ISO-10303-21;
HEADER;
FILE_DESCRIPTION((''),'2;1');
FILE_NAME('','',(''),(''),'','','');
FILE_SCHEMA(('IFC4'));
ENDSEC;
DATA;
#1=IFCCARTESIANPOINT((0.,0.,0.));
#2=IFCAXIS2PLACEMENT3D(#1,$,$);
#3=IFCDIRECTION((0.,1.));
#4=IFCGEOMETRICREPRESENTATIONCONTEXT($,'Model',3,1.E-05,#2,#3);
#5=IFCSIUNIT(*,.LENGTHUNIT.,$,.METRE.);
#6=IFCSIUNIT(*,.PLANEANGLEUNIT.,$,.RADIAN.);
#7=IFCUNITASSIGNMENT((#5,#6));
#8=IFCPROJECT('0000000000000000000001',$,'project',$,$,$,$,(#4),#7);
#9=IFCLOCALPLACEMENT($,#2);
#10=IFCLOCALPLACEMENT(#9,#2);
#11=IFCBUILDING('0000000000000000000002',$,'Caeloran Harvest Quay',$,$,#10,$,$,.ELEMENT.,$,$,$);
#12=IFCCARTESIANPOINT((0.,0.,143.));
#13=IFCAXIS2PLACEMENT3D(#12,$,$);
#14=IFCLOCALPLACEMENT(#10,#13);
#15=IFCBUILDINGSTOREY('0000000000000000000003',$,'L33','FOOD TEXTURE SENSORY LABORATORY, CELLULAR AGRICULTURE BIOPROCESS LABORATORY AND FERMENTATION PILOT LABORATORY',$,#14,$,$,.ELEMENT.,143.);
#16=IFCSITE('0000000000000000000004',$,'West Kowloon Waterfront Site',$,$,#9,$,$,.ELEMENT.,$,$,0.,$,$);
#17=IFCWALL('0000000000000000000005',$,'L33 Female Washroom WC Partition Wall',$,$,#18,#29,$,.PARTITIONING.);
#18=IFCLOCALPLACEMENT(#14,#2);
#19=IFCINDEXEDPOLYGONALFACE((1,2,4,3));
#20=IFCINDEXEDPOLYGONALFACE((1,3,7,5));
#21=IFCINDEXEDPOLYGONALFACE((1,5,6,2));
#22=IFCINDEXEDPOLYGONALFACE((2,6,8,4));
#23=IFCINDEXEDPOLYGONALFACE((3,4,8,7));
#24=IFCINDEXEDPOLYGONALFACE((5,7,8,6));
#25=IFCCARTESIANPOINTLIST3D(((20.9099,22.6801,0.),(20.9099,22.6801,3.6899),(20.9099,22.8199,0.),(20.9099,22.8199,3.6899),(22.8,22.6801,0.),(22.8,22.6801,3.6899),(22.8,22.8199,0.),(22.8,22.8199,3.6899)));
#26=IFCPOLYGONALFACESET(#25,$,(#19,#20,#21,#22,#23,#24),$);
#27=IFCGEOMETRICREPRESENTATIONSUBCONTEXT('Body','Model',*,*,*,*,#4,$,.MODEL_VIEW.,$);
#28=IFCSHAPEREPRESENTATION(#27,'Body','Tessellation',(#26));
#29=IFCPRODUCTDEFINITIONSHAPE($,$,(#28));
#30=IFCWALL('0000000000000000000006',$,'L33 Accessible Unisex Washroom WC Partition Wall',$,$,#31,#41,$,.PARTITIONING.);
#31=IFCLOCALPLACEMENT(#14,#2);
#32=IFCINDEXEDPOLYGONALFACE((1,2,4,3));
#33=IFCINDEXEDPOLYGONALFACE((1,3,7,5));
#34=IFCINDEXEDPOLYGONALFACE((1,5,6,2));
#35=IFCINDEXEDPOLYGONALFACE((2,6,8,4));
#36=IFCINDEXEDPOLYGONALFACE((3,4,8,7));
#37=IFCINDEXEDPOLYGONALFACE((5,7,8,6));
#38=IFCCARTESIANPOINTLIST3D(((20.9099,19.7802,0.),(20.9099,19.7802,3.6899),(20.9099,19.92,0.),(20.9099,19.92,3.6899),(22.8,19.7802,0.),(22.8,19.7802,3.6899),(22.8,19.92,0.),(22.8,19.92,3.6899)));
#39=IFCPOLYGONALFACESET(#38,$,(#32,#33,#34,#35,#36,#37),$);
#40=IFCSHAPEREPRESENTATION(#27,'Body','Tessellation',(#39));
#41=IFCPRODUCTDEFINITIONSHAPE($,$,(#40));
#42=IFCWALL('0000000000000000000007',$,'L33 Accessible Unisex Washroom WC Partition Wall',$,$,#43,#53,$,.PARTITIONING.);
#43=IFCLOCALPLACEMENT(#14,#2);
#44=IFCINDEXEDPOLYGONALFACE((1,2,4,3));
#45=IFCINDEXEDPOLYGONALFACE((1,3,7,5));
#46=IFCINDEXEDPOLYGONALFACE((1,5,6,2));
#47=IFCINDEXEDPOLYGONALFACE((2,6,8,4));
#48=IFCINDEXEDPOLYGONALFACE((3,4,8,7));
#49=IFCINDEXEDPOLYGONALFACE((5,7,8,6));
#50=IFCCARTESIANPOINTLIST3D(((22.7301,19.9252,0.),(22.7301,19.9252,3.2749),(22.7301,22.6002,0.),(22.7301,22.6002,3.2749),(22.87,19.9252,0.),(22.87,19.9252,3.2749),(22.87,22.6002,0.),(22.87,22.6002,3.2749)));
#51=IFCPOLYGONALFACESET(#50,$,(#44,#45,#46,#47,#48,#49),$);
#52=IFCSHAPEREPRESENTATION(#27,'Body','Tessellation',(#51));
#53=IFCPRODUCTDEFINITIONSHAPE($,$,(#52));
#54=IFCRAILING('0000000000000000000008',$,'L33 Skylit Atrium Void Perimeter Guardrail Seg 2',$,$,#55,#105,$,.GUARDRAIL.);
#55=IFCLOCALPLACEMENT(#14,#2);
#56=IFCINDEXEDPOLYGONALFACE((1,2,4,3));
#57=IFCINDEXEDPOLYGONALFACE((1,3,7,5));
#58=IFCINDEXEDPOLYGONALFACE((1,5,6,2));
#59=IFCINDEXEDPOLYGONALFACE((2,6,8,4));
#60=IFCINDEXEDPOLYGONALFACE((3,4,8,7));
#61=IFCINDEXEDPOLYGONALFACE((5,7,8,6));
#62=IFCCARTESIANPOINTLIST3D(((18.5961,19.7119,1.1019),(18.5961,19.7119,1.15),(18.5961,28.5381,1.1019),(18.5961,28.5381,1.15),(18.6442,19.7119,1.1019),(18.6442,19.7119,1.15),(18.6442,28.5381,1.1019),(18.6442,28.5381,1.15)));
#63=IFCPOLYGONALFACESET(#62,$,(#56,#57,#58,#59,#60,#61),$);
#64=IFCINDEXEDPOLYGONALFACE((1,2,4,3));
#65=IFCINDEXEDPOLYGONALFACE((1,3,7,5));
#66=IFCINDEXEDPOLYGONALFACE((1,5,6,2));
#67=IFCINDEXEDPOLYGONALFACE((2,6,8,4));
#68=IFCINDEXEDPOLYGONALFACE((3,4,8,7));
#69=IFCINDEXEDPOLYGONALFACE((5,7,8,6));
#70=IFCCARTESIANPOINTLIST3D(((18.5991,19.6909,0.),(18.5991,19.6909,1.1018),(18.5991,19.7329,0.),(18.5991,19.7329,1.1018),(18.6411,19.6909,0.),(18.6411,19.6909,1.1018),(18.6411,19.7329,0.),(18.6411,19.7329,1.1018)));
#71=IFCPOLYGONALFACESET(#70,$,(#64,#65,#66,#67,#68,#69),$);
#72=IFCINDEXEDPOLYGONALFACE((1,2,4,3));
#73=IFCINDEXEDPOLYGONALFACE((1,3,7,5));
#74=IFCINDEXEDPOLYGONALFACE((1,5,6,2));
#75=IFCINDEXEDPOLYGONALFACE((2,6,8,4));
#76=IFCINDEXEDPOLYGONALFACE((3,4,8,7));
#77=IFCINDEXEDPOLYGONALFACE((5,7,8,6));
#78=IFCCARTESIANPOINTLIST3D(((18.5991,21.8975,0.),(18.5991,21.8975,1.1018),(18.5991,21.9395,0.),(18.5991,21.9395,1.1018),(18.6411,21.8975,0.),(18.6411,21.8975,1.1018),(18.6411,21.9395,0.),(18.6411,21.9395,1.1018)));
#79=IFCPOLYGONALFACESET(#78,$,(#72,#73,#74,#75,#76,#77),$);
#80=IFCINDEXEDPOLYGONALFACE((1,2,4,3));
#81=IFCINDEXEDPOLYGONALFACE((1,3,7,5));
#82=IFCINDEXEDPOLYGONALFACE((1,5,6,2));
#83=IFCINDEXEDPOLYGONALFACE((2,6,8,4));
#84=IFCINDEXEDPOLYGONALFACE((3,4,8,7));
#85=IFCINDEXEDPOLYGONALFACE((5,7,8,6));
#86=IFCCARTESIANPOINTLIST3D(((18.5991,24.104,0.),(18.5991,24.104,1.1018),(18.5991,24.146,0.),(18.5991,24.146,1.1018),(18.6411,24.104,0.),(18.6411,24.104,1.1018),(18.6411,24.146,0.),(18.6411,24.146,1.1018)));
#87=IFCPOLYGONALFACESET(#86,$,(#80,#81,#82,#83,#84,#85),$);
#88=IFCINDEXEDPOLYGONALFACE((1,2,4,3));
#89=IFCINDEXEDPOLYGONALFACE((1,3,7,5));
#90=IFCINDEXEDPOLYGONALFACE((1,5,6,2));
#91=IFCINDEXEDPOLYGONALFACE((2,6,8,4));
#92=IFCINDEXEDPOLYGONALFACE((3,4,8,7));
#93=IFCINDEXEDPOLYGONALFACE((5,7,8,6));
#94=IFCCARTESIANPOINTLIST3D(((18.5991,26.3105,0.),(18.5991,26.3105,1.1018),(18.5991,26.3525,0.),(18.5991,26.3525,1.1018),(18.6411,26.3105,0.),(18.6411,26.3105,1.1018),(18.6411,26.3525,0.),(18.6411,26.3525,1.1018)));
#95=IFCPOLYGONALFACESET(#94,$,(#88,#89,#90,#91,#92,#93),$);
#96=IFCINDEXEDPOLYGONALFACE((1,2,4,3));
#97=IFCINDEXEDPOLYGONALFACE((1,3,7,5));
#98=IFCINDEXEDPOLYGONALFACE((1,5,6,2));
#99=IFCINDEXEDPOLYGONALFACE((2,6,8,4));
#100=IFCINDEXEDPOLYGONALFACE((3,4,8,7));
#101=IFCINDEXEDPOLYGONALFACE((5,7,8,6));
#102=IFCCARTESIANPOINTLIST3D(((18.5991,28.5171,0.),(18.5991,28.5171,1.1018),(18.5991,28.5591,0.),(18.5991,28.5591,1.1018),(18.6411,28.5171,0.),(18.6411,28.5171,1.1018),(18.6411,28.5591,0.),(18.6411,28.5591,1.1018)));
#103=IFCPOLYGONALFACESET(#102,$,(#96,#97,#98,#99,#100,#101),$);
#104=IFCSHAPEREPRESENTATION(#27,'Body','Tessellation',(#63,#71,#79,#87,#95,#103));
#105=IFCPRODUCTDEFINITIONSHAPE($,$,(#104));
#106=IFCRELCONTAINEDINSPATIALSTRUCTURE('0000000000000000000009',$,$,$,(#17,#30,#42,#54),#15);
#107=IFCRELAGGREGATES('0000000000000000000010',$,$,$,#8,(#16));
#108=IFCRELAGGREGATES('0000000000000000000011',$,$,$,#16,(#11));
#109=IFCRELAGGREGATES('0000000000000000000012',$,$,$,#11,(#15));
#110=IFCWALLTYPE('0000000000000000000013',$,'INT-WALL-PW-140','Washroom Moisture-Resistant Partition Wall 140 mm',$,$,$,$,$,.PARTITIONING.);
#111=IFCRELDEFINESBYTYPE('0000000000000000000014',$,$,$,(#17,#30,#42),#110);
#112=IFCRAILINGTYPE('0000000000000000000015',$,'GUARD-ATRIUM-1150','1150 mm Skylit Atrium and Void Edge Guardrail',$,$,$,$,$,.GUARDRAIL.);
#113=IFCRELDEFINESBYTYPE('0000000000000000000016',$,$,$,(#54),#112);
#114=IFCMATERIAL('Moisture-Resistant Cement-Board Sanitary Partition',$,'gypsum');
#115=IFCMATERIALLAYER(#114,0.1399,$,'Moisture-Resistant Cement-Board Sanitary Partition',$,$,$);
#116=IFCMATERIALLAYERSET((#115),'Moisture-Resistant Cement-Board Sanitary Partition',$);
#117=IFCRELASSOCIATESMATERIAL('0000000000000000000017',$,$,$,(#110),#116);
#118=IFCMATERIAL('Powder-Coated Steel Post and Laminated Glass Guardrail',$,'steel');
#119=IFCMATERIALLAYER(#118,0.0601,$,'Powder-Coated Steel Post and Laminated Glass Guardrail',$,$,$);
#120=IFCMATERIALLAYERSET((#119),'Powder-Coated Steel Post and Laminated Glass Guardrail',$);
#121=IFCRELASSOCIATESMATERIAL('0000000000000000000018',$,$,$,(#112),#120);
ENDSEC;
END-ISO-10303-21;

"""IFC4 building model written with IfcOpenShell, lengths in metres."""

from ifc_helpers import new_model, si_unit, direction, frame, frame_2d, origin, origin_2d, place, context, subcontext, project, spatial, rectangle, extrude, material, layer, layer_set, type_object, element, save


model = new_model("IFC4")

# Units and contexts
model_context = context("Model", 3, precision=1e-05, world=origin(), true_north=direction((0.0, 1.0)))
body_context = subcontext(model_context, "Body", "Model", "MODEL_VIEW")
ifc_project = project(units=[si_unit("LENGTHUNIT", "METRE"), si_unit("PLANEANGLEUNIT", "RADIAN")], contexts=[model_context])

# Site, building, storey
site_placement = place(None, origin())
site = spatial("IfcSite", under=ifc_project, at=site_placement, Name="West Kowloon Waterfront Site", CompositionType="ELEMENT", RefElevation=0.0)
building_placement = place(site_placement, origin())
building = spatial("IfcBuilding", under=site, at=building_placement, Name="Caeloran Harvest Quay", CompositionType="ELEMENT")
storey_placement = place(building_placement, frame((0.0, 0.0, 143.0)))
storey = spatial("IfcBuildingStorey", under=building, at=storey_placement, Name="L33", Description="FOOD TEXTURE SENSORY LABORATORY, CELLULAR AGRICULTURE BIOPROCESS LABORATORY AND FERMENTATION PILOT LABORATORY", CompositionType="ELEMENT", Elevation=143.0)

# Wall
ifc_material_1 = material(Name="Moisture-Resistant Cement-Board Sanitary Partition", Category="gypsum")
ifc_layer_1 = layer(ifc_material_1, 0.1399, Name="Moisture-Resistant Cement-Board Sanitary Partition")
ifc_layer_set_1 = layer_set([ifc_layer_1], Name="Moisture-Resistant Cement-Board Sanitary Partition")
wall_type = type_object("IfcWallType", Name="INT-WALL-PW-140", Description="Washroom Moisture-Resistant Partition Wall 140 mm", PredefinedType="PARTITIONING", material=ifc_layer_set_1)
wall_1_placement = place(storey_placement, frame((22.8, 22.75, 0.0), z_axis=(0.0, 0.0, 1.0), x_axis=(-1.0, 0.0, 0.0)))
element("IfcWall", 1, at=wall_1_placement, inside=storey, type_object=wall_type, Name="L33 Female Washroom WC Partition Wall", PredefinedType="PARTITIONING", context=body_context, shape_type="SweptSolid", body=[
    extrude(rectangle(XDim=1.8901, YDim=0.1399, at=frame_2d((0.9451, 0.0))), origin(), (0.0, 0.0, 1.0), 3.6899),
])

# Wall
wall_2_placement = place(storey_placement, frame((22.8, 19.8501, 0.0), z_axis=(0.0, 0.0, 1.0), x_axis=(-1.0, 0.0, 0.0)))
element("IfcWall", 2, at=wall_2_placement, inside=storey, type_object=wall_type, Name="L33 Accessible Unisex Washroom WC Partition Wall", PredefinedType="PARTITIONING", context=body_context, shape_type="SweptSolid", body=[
    extrude(rectangle(XDim=1.8901, YDim=0.1399, at=frame_2d((0.9451, 0.0))), origin(), (0.0, 0.0, 1.0), 3.6899),
])

# Wall
wall_3_placement = place(storey_placement, frame((22.8, 22.6001, 0.0), z_axis=(0.0, 0.0, 1.0), x_axis=(0.0, -1.0, 0.0)))
element("IfcWall", 3, at=wall_3_placement, inside=storey, type_object=wall_type, Name="L33 Accessible Unisex Washroom WC Partition Wall", PredefinedType="PARTITIONING", context=body_context, shape_type="SweptSolid", body=[
    extrude(rectangle(XDim=2.675, YDim=0.1399, at=frame_2d((1.3374, 0.0))), origin(), (0.0, 0.0, 1.0), 3.2749),
])

# Railing
ifc_material_2 = material(Name="Powder-Coated Steel Post and Laminated Glass Guardrail", Category="steel")
ifc_layer_2 = layer(ifc_material_2, 0.0601, Name="Powder-Coated Steel Post and Laminated Glass Guardrail")
ifc_layer_set_2 = layer_set([ifc_layer_2], Name="Powder-Coated Steel Post and Laminated Glass Guardrail")
railing_type = type_object("IfcRailingType", Name="GUARD-ATRIUM-1150", Description="1150 mm Skylit Atrium and Void Edge Guardrail", PredefinedType="GUARDRAIL", material=ifc_layer_set_2)
railing_placement = place(storey_placement, frame((18.6201, 19.7119, 0.0)))
element("IfcRailing", 4, at=railing_placement, inside=storey, type_object=railing_type, Name="L33 Skylit Atrium Void Perimeter Guardrail Seg 2", PredefinedType="GUARDRAIL", context=body_context, shape_type="SweptSolid", body=[
    extrude(rectangle(XDim=0.0481, YDim=0.0481, at=origin_2d()), frame((0.0, 0.0, 1.126), z_axis=(0.0, 1.0, 0.0), x_axis=(-1.0, 0.0, 0.0)), (0.0, 0.0, 1.0), 8.8262),
    extrude(rectangle(XDim=0.042, YDim=0.042, at=origin_2d()), origin(), (0.0, 0.0, 1.0), 1.1018),
    extrude(rectangle(XDim=0.042, YDim=0.042, at=origin_2d()), frame((0.0, 2.2065, 0.0)), (0.0, 0.0, 1.0), 1.1018),
    extrude(rectangle(XDim=0.042, YDim=0.042, at=origin_2d()), frame((0.0, 4.4131, 0.0)), (0.0, 0.0, 1.0), 1.1018),
    extrude(rectangle(XDim=0.042, YDim=0.042, at=origin_2d()), frame((0.0, 6.6196, 0.0)), (0.0, 0.0, 1.0), 1.1018),
    extrude(rectangle(XDim=0.042, YDim=0.042, at=origin_2d()), frame((0.0, 8.8262, 0.0)), (0.0, 0.0, 1.0), 1.1018),
])

save(model, "model.ifc")
